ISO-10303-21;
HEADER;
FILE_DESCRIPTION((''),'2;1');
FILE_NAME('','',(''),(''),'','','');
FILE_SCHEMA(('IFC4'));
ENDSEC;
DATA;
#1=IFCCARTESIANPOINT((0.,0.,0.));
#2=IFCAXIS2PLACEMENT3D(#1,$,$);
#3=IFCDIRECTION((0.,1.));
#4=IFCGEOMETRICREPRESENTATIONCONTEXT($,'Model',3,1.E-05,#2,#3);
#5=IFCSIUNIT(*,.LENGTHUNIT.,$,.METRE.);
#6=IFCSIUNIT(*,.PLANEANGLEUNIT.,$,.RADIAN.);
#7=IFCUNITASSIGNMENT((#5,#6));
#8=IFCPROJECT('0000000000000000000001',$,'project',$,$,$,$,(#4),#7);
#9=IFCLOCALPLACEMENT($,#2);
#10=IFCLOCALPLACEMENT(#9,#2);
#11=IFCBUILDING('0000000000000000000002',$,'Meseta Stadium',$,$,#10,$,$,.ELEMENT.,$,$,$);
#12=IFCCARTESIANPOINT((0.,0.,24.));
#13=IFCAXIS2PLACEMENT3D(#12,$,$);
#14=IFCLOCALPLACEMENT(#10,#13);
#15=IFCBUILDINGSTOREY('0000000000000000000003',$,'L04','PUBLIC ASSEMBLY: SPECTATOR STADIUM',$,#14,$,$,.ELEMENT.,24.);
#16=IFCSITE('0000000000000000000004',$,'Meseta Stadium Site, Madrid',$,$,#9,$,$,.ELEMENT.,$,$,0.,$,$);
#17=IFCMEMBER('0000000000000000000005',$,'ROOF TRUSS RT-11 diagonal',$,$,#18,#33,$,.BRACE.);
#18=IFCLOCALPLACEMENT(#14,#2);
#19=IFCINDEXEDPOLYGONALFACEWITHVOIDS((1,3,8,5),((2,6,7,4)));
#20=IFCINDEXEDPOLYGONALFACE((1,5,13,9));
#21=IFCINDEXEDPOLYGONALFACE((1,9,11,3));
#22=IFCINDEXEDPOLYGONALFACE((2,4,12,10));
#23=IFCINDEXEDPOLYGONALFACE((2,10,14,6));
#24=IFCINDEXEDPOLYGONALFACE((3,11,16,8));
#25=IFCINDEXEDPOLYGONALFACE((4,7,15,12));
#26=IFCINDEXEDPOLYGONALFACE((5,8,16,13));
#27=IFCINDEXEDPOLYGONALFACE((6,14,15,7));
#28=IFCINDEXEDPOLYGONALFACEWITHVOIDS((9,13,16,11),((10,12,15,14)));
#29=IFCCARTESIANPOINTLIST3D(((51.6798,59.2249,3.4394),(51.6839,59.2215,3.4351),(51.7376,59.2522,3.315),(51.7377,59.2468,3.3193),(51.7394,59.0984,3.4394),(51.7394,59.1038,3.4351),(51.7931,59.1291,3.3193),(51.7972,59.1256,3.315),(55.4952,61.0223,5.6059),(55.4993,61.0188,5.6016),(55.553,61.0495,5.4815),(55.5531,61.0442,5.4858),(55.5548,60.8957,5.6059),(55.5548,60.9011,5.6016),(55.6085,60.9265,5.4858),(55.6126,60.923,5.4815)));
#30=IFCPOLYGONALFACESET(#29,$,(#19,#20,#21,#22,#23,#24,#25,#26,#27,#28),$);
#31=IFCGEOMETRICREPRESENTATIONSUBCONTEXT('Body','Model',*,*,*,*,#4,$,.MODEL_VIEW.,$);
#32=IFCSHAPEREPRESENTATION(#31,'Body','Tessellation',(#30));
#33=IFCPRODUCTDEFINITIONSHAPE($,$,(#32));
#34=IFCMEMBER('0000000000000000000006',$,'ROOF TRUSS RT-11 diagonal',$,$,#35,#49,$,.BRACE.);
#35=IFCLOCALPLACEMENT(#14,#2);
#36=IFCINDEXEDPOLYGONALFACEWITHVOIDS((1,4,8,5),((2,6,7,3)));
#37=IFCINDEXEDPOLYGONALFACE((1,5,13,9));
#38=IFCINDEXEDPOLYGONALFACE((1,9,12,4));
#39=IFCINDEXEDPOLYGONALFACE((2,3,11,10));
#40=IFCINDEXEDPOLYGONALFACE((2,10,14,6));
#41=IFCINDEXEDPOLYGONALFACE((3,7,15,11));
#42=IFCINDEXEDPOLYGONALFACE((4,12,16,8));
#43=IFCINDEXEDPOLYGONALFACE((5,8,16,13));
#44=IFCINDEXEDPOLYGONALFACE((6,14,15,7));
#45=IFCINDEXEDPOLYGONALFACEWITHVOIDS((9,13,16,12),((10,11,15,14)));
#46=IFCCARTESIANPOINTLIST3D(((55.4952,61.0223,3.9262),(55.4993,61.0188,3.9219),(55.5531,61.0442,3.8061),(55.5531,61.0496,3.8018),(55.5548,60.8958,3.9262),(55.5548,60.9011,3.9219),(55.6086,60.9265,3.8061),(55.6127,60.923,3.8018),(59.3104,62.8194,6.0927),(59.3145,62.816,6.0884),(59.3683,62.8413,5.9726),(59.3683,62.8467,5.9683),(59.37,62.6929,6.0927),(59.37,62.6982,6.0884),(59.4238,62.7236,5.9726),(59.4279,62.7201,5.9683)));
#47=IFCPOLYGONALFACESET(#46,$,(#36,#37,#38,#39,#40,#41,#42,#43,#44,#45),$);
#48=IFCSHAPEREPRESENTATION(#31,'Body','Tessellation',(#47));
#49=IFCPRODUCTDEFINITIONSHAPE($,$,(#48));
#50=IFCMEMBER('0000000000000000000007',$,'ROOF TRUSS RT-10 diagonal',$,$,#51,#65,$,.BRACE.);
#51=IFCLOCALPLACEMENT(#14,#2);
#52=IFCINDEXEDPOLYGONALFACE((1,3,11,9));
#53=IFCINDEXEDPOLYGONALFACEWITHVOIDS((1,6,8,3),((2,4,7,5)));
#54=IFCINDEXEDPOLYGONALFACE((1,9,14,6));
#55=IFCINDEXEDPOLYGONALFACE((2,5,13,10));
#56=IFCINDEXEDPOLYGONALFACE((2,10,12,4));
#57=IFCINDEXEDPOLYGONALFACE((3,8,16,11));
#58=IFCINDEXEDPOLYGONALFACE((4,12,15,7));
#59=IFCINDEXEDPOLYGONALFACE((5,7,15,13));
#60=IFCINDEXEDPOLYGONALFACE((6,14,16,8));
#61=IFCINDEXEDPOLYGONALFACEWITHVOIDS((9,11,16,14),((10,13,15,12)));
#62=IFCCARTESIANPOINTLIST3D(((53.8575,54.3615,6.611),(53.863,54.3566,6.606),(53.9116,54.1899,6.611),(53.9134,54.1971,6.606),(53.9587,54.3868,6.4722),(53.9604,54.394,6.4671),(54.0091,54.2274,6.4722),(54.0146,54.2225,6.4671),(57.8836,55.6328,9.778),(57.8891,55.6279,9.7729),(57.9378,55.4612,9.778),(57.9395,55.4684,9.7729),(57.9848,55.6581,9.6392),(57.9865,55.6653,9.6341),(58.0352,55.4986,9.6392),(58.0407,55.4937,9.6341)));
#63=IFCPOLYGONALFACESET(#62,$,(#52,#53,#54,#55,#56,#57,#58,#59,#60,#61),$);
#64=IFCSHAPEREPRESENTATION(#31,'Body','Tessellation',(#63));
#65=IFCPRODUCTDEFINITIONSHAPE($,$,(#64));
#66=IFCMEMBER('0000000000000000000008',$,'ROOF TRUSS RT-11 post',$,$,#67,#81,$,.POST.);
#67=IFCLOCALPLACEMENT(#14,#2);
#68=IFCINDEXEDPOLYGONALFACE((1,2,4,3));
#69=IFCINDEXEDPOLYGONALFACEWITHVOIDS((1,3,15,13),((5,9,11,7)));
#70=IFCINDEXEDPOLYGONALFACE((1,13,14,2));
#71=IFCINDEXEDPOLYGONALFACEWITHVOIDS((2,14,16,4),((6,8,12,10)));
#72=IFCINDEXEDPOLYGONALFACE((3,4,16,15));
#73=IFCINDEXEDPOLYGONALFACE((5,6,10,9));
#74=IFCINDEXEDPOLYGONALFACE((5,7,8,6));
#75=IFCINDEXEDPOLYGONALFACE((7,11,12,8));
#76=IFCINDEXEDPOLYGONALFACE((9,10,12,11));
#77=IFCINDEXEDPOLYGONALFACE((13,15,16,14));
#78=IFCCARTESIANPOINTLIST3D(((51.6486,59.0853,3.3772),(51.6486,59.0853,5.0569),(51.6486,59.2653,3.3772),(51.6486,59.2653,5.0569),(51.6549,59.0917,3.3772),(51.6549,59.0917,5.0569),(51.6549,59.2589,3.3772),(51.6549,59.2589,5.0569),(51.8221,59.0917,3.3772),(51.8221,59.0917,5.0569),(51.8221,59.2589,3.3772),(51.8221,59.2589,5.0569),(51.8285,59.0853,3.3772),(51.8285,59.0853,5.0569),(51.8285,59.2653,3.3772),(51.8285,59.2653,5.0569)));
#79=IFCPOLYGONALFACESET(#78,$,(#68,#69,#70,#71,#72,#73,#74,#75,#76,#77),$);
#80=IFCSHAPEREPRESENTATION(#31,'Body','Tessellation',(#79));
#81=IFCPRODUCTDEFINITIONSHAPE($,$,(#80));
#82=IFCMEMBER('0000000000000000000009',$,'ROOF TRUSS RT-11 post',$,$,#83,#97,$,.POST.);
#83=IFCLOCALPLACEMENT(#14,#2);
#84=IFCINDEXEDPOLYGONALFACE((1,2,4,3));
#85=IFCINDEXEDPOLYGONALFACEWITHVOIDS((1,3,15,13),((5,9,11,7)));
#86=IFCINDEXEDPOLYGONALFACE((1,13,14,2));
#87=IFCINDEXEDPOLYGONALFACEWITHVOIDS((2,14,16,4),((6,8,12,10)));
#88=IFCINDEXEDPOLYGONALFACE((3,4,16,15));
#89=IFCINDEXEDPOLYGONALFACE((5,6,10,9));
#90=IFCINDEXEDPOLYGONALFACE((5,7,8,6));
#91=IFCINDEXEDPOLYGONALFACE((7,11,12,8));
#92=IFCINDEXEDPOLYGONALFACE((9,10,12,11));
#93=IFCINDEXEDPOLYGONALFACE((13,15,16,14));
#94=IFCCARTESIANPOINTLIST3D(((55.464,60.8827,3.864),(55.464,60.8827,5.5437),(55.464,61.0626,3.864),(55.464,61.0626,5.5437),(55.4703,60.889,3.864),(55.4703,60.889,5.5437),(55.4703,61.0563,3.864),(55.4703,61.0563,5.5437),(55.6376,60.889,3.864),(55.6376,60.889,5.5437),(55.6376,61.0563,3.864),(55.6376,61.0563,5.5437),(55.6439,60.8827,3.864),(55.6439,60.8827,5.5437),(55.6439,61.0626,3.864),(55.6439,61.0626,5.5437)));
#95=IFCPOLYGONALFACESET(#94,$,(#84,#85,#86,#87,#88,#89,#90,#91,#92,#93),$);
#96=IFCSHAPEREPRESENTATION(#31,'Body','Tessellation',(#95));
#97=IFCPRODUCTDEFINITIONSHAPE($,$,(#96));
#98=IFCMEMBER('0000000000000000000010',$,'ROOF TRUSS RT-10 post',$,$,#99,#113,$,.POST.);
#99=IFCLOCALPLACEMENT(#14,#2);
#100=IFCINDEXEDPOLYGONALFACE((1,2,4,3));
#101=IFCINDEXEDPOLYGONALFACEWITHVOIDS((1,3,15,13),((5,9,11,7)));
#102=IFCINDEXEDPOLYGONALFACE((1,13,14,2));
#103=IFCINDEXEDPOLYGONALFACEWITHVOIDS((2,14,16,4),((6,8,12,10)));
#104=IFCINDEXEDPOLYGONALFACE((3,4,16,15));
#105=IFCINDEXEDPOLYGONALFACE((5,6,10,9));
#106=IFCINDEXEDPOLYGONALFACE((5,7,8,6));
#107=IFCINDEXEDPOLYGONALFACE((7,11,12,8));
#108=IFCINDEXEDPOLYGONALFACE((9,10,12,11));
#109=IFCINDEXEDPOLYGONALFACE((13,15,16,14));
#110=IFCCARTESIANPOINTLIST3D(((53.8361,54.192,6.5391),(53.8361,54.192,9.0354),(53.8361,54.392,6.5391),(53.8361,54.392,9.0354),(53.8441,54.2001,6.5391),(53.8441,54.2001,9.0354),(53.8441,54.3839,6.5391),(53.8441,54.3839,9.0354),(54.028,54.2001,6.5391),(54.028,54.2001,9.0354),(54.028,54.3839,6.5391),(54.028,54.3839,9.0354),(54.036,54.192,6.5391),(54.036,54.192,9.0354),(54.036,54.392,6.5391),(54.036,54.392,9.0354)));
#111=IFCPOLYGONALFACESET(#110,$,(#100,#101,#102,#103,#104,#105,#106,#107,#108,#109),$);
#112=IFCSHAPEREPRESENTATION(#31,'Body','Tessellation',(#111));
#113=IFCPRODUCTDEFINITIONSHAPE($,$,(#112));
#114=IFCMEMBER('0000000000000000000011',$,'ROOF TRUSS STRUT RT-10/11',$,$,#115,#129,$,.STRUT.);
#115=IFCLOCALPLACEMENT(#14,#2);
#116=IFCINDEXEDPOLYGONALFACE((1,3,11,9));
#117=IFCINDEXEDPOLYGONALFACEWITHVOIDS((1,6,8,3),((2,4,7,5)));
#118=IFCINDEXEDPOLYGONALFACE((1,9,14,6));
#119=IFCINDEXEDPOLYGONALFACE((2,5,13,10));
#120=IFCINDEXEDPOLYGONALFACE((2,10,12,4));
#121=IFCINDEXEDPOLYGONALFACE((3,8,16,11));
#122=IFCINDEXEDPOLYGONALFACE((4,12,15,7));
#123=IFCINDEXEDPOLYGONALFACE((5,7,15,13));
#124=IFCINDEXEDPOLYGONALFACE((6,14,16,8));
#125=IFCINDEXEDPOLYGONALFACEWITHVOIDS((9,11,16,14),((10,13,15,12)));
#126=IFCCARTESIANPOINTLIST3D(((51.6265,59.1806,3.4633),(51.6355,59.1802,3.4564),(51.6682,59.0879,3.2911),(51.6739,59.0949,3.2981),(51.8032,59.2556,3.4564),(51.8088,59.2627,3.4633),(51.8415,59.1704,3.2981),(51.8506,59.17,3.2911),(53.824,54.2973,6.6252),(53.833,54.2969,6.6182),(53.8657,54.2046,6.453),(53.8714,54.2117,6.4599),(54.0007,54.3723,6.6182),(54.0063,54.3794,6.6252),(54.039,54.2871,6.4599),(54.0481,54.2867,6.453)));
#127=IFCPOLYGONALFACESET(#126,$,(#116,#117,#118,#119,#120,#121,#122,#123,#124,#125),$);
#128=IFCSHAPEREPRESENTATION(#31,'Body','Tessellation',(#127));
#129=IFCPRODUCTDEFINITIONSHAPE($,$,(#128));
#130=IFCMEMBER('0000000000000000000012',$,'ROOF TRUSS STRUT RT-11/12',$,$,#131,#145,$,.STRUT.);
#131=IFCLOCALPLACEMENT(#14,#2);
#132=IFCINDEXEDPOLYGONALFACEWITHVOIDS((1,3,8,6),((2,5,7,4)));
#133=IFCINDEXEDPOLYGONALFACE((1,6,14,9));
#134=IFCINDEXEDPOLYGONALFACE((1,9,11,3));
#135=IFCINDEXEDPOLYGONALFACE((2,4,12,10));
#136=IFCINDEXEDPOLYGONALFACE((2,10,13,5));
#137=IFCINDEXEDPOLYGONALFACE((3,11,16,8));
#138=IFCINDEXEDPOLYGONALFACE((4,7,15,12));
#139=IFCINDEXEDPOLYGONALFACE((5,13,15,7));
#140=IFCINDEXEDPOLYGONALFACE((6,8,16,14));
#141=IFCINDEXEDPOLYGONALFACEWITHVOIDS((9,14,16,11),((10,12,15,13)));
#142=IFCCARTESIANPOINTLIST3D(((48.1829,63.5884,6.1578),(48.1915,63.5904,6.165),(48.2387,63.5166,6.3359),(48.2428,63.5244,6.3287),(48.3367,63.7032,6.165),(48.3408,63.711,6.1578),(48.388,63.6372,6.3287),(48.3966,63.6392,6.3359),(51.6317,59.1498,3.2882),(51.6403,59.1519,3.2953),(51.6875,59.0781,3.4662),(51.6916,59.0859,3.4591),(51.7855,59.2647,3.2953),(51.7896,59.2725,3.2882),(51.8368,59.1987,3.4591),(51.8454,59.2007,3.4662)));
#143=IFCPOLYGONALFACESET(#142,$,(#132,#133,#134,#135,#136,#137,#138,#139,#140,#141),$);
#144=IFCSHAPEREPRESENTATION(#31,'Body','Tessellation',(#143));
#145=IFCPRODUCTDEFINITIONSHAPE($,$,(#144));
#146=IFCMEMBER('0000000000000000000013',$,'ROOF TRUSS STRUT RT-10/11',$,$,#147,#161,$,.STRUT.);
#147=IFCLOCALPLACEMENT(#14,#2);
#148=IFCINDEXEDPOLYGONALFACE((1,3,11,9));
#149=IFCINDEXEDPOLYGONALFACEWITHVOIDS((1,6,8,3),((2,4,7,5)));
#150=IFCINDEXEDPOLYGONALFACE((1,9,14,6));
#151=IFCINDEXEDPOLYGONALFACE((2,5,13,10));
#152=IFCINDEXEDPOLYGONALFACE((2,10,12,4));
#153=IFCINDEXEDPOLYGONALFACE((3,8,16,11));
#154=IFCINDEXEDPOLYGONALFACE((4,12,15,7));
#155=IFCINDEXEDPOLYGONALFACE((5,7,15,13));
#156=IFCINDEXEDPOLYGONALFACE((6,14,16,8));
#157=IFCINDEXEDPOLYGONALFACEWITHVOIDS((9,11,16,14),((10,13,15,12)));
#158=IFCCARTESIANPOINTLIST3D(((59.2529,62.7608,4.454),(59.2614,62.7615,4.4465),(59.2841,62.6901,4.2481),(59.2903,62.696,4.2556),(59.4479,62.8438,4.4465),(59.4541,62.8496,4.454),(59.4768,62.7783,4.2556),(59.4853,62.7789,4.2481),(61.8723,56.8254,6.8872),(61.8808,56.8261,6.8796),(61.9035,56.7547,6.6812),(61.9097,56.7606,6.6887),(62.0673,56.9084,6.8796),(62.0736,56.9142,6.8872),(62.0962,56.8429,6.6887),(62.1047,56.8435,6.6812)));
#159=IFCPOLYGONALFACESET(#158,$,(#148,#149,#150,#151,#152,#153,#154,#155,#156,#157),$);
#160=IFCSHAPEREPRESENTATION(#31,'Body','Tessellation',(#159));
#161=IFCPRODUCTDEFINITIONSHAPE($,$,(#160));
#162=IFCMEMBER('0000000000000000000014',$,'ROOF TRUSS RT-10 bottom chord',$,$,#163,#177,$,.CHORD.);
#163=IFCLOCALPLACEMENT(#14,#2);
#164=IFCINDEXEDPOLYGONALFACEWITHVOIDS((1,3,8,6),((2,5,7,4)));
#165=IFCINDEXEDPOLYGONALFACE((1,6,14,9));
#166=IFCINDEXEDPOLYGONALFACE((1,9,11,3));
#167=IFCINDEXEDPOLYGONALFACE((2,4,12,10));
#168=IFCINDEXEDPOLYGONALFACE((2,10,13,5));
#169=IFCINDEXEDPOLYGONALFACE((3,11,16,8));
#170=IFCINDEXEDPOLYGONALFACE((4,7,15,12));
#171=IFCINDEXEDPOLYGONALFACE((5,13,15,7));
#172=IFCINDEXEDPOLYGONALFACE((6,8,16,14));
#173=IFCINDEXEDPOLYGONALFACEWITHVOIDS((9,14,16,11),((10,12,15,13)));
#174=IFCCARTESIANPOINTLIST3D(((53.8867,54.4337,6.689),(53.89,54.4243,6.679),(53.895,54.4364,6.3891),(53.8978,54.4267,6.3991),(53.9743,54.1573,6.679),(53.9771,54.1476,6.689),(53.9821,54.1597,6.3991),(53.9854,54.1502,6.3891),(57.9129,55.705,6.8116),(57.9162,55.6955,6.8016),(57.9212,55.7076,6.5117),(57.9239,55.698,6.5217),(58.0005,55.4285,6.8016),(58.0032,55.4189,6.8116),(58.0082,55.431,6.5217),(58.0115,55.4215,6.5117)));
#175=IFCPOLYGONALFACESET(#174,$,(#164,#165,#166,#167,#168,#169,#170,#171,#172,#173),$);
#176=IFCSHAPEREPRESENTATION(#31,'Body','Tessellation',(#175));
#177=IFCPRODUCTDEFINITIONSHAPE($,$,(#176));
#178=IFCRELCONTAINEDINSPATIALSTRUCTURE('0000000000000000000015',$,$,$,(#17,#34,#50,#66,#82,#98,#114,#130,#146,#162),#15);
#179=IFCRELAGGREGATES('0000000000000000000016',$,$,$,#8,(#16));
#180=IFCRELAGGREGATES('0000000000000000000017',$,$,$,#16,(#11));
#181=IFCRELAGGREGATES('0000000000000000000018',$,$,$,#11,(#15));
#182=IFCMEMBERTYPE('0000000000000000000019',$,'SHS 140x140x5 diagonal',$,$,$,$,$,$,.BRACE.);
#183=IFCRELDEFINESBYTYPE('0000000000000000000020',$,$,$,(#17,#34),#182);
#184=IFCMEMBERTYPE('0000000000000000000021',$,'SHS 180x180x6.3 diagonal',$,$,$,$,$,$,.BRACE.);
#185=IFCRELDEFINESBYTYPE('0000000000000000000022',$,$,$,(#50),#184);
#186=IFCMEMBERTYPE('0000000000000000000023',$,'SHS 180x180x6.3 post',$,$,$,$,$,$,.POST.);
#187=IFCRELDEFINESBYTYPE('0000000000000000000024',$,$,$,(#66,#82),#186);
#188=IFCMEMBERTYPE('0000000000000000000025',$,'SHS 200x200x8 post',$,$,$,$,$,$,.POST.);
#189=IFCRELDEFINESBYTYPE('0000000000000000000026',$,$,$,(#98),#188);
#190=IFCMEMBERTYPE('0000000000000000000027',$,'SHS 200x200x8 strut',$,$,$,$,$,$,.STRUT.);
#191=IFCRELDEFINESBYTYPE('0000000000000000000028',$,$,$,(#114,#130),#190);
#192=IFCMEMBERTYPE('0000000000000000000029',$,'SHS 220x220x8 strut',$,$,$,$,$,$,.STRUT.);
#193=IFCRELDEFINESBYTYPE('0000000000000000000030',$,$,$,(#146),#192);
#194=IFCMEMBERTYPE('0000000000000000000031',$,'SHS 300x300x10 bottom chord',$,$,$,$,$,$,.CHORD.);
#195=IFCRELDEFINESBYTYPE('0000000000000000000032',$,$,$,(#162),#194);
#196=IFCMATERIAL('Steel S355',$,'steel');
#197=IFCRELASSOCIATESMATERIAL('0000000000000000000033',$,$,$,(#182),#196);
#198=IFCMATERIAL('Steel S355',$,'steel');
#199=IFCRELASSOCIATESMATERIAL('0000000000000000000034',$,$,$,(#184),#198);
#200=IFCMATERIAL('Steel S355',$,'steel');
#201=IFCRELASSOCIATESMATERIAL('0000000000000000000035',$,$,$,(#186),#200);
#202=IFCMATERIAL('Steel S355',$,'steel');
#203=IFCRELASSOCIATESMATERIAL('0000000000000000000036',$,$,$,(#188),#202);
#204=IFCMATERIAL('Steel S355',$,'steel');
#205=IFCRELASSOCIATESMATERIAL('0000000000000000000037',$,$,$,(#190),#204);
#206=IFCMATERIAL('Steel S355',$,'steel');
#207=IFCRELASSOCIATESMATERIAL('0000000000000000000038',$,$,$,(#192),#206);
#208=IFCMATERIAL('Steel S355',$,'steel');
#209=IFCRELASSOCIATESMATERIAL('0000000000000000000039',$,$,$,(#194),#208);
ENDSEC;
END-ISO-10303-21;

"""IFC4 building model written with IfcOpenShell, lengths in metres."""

from ifc_helpers import new_model, si_unit, direction, frame, origin, origin_2d, place, context, subcontext, project, spatial, hollow_rectangle, extrude, material, material_profile, profile_set, type_object, element, save


model = new_model("IFC4")

# Units and contexts
model_context = context("Model", 3, precision=1e-05, world=origin(), true_north=direction((0.0, 1.0)))
body_context = subcontext(model_context, "Body", "Model", "MODEL_VIEW")
ifc_project = project(units=[si_unit("LENGTHUNIT", "METRE"), si_unit("PLANEANGLEUNIT", "RADIAN")], contexts=[model_context])

# Site, building, storey
site_placement = place(None, origin())
site = spatial("IfcSite", under=ifc_project, at=site_placement, Name="Meseta Stadium Site, Madrid", CompositionType="ELEMENT", RefElevation=0.0)
building_placement = place(site_placement, origin())
building = spatial("IfcBuilding", under=site, at=building_placement, Name="Meseta Stadium", CompositionType="ELEMENT")
storey_placement = place(building_placement, frame((0.0, 0.0, 24.0)))
storey = spatial("IfcBuildingStorey", under=building, at=storey_placement, Name="L04", Description="PUBLIC ASSEMBLY: SPECTATOR STADIUM", CompositionType="ELEMENT", Elevation=24.0)

# Members
ifc_material_1 = material(Name="Steel S355", Category="steel")
ifc_material_profile_1 = material_profile(ifc_material_1, hollow_rectangle(XDim=0.1399, YDim=0.1399, WallThickness=0.0049, at=origin_2d()), Name="SHS 140x140x5")
ifc_profile_set_1 = profile_set([ifc_material_profile_1], Name="Steel S355")
member_type_1 = type_object("IfcMemberType", Name="SHS 140x140x5 diagonal", PredefinedType="BRACE", material=ifc_profile_set_1)
member_1_placement = place(storey_placement, frame((51.7385, 59.1753, 3.3772), z_axis=(0.804689, 0.379071, 0.456924), x_axis=(-0.426159, 0.904648, 0.0)))
element("IfcMember", 1, at=member_1_placement, inside=storey, type_object=member_type_1, Name="ROOF TRUSS RT-11 diagonal", PredefinedType="BRACE", context=body_context, shape_type="SweptSolid", body=[
    extrude(hollow_rectangle(XDim=0.1399, YDim=0.1399, WallThickness=0.0049, at=origin_2d()), origin(), (0.0, 0.0, 1.0), 4.7415),
])
member_2_placement = place(storey_placement, frame((55.554, 60.9727, 3.864), z_axis=(0.804687, 0.379043, 0.456952), x_axis=(-0.426134, 0.90466, 0.0)))
element("IfcMember", 2, at=member_2_placement, inside=storey, type_object=member_type_1, Name="ROOF TRUSS RT-11 diagonal", PredefinedType="BRACE", context=body_context, shape_type="SweptSolid", body=[
    extrude(hollow_rectangle(XDim=0.1399, YDim=0.1399, WallThickness=0.0049, at=origin_2d()), origin(), (0.0, 0.0, 1.0), 4.7412),
])
ifc_material_2 = material(Name="Steel S355", Category="steel")
ifc_material_profile_2 = material_profile(ifc_material_2, hollow_rectangle(XDim=0.1799, YDim=0.1799, WallThickness=0.0063, at=origin_2d()), Name="SHS 180x180x6.3")
ifc_profile_set_2 = profile_set([ifc_material_profile_2], Name="Steel S355")
member_type_2 = type_object("IfcMemberType", Name="SHS 180x180x6.3 diagonal", PredefinedType="BRACE", material=ifc_profile_set_2)
member_3_placement = place(storey_placement, frame((53.936, 54.292, 6.5391), z_axis=(0.762836, 0.240864, 0.600055), x_axis=(-0.301095, 0.953594, 0.0)))
element("IfcMember", 3, at=member_3_placement, inside=storey, type_object=member_type_2, Name="ROOF TRUSS RT-10 diagonal", PredefinedType="BRACE", context=body_context, shape_type="SweptSolid", body=[
    extrude(hollow_rectangle(XDim=0.1799, YDim=0.1799, WallThickness=0.0063, at=origin_2d()), origin(), (0.0, 0.0, 1.0), 5.2778),
])
ifc_material_3 = material(Name="Steel S355", Category="steel")
ifc_material_profile_3 = material_profile(ifc_material_3, hollow_rectangle(XDim=0.1799, YDim=0.1799, WallThickness=0.0063, at=origin_2d()), Name="SHS 180x180x6.3")
ifc_profile_set_3 = profile_set([ifc_material_profile_3], Name="Steel S355")
member_type_3 = type_object("IfcMemberType", Name="SHS 180x180x6.3 post", PredefinedType="POST", material=ifc_profile_set_3)
for number, where, z_axis, x_axis, name in (
    (4, (51.7385, 59.1753, 3.3772), (0.0, 0.0, 1.0), (1.0, 0.0, 0.0), "ROOF TRUSS RT-11 post"),
    (5, (55.554, 60.9727, 3.864), (0.0, 0.0, 1.0), (1.0, 0.0, 0.0), "ROOF TRUSS RT-11 post"),
):
    element("IfcMember", number, at=place(storey_placement, frame(where, z_axis=z_axis, x_axis=x_axis)), inside=storey, type_object=member_type_3, Name=name, PredefinedType="POST", context=body_context, shape_type="SweptSolid", body=[
        extrude(hollow_rectangle(XDim=0.1799, YDim=0.1799, WallThickness=0.0063, at=origin_2d()), origin(), (0.0, 0.0, 1.0), 1.6797),
    ])
ifc_material_4 = material(Name="Steel S355", Category="steel")
ifc_material_profile_4 = material_profile(ifc_material_4, hollow_rectangle(XDim=0.2, YDim=0.2, WallThickness=0.0081, at=origin_2d()), Name="SHS 200x200x8")
ifc_profile_set_4 = profile_set([ifc_material_profile_4], Name="Steel S355")
member_type_4 = type_object("IfcMemberType", Name="SHS 200x200x8 post", PredefinedType="POST", material=ifc_profile_set_4)
member_4_placement = place(storey_placement, frame((53.936, 54.292, 6.5391), z_axis=(0.0, 0.0, 1.0), x_axis=(1.0, 0.0, 0.0)))
element("IfcMember", 6, at=member_4_placement, inside=storey, type_object=member_type_4, Name="ROOF TRUSS RT-10 post", PredefinedType="POST", context=body_context, shape_type="SweptSolid", body=[
    extrude(hollow_rectangle(XDim=0.2, YDim=0.2, WallThickness=0.0081, at=origin_2d()), origin(), (0.0, 0.0, 1.0), 2.4963),
])
ifc_material_5 = material(Name="Steel S355", Category="steel")
ifc_material_profile_5 = material_profile(ifc_material_5, hollow_rectangle(XDim=0.2, YDim=0.2, WallThickness=0.0081, at=origin_2d()), Name="SHS 200x200x8")
ifc_profile_set_5 = profile_set([ifc_material_profile_5], Name="Steel S355")
member_type_5 = type_object("IfcMemberType", Name="SHS 200x200x8 strut", PredefinedType="STRUT", material=ifc_profile_set_5)
member_5_placement = place(storey_placement, frame((53.936, 54.292, 6.5391), z_axis=(-0.353367, 0.785252, -0.508439), x_axis=(-0.91192, -0.410368, 0.0)))
element("IfcMember", 7, at=member_5_placement, inside=storey, type_object=member_type_5, Name="ROOF TRUSS STRUT RT-10/11", PredefinedType="STRUT", context=body_context, shape_type="SweptSolid", body=[
    extrude(hollow_rectangle(XDim=0.2, YDim=0.2, WallThickness=0.0081, at=origin_2d()), origin(), (0.0, 0.0, 1.0), 6.2188),
])
member_6_placement = place(storey_placement, frame((51.7385, 59.1753, 3.3772), z_axis=(-0.546464, 0.703293, 0.454703), x_axis=(-0.789647, -0.613562, 0.0)))
element("IfcMember", 8, at=member_6_placement, inside=storey, type_object=member_type_5, Name="ROOF TRUSS STRUT RT-11/12", PredefinedType="STRUT", context=body_context, shape_type="SweptSolid", body=[
    extrude(hollow_rectangle(XDim=0.2, YDim=0.2, WallThickness=0.0081, at=origin_2d()), origin(), (0.0, 0.0, 1.0), 6.311),
])
ifc_material_6 = material(Name="Steel S355", Category="steel")
ifc_material_profile_6 = material_profile(ifc_material_6, hollow_rectangle(XDim=0.22, YDim=0.22, WallThickness=0.0081, at=origin_2d()), Name="SHS 220x220x8")
ifc_profile_set_6 = profile_set([ifc_material_profile_6], Name="Steel S355")
member_type_6 = type_object("IfcMemberType", Name="SHS 220x220x8 strut", PredefinedType="STRUT", material=ifc_profile_set_6)
member_7_placement = place(storey_placement, frame((61.9885, 56.8345, 6.7842), z_axis=(-0.37804, 0.856607, -0.351156), x_axis=(-0.914868, -0.403752, 0.0)))
element("IfcMember", 9, at=member_7_placement, inside=storey, type_object=member_type_6, Name="ROOF TRUSS STRUT RT-10/11", PredefinedType="STRUT", context=body_context, shape_type="SweptSolid", body=[
    extrude(hollow_rectangle(XDim=0.22, YDim=0.22, WallThickness=0.0081, at=origin_2d()), origin(), (0.0, 0.0, 1.0), 6.929),
])
ifc_material_7 = material(Name="Steel S355", Category="steel")
ifc_material_profile_7 = material_profile(ifc_material_7, hollow_rectangle(XDim=0.3, YDim=0.3, WallThickness=0.01, at=origin_2d()), Name="SHS 300x300x10")
ifc_profile_set_7 = profile_set([ifc_material_profile_7], Name="Steel S355")
member_type_7 = type_object("IfcMemberType", Name="SHS 300x300x10 bottom chord", PredefinedType="CHORD", material=ifc_profile_set_7)
member_8_placement = place(storey_placement, frame((53.936, 54.292, 6.5391), z_axis=(0.953193, 0.300969, 0.029016), x_axis=(-0.301095, 0.953594, 0.0)))
element("IfcMember", 10, at=member_8_placement, inside=storey, type_object=member_type_7, Name="ROOF TRUSS RT-10 bottom chord", PredefinedType="CHORD", context=body_context, shape_type="SweptSolid", body=[
    extrude(hollow_rectangle(XDim=0.3, YDim=0.3, WallThickness=0.01, at=origin_2d()), origin(), (0.0, 0.0, 1.0), 4.2239),
])

save(model, "model.ifc")
